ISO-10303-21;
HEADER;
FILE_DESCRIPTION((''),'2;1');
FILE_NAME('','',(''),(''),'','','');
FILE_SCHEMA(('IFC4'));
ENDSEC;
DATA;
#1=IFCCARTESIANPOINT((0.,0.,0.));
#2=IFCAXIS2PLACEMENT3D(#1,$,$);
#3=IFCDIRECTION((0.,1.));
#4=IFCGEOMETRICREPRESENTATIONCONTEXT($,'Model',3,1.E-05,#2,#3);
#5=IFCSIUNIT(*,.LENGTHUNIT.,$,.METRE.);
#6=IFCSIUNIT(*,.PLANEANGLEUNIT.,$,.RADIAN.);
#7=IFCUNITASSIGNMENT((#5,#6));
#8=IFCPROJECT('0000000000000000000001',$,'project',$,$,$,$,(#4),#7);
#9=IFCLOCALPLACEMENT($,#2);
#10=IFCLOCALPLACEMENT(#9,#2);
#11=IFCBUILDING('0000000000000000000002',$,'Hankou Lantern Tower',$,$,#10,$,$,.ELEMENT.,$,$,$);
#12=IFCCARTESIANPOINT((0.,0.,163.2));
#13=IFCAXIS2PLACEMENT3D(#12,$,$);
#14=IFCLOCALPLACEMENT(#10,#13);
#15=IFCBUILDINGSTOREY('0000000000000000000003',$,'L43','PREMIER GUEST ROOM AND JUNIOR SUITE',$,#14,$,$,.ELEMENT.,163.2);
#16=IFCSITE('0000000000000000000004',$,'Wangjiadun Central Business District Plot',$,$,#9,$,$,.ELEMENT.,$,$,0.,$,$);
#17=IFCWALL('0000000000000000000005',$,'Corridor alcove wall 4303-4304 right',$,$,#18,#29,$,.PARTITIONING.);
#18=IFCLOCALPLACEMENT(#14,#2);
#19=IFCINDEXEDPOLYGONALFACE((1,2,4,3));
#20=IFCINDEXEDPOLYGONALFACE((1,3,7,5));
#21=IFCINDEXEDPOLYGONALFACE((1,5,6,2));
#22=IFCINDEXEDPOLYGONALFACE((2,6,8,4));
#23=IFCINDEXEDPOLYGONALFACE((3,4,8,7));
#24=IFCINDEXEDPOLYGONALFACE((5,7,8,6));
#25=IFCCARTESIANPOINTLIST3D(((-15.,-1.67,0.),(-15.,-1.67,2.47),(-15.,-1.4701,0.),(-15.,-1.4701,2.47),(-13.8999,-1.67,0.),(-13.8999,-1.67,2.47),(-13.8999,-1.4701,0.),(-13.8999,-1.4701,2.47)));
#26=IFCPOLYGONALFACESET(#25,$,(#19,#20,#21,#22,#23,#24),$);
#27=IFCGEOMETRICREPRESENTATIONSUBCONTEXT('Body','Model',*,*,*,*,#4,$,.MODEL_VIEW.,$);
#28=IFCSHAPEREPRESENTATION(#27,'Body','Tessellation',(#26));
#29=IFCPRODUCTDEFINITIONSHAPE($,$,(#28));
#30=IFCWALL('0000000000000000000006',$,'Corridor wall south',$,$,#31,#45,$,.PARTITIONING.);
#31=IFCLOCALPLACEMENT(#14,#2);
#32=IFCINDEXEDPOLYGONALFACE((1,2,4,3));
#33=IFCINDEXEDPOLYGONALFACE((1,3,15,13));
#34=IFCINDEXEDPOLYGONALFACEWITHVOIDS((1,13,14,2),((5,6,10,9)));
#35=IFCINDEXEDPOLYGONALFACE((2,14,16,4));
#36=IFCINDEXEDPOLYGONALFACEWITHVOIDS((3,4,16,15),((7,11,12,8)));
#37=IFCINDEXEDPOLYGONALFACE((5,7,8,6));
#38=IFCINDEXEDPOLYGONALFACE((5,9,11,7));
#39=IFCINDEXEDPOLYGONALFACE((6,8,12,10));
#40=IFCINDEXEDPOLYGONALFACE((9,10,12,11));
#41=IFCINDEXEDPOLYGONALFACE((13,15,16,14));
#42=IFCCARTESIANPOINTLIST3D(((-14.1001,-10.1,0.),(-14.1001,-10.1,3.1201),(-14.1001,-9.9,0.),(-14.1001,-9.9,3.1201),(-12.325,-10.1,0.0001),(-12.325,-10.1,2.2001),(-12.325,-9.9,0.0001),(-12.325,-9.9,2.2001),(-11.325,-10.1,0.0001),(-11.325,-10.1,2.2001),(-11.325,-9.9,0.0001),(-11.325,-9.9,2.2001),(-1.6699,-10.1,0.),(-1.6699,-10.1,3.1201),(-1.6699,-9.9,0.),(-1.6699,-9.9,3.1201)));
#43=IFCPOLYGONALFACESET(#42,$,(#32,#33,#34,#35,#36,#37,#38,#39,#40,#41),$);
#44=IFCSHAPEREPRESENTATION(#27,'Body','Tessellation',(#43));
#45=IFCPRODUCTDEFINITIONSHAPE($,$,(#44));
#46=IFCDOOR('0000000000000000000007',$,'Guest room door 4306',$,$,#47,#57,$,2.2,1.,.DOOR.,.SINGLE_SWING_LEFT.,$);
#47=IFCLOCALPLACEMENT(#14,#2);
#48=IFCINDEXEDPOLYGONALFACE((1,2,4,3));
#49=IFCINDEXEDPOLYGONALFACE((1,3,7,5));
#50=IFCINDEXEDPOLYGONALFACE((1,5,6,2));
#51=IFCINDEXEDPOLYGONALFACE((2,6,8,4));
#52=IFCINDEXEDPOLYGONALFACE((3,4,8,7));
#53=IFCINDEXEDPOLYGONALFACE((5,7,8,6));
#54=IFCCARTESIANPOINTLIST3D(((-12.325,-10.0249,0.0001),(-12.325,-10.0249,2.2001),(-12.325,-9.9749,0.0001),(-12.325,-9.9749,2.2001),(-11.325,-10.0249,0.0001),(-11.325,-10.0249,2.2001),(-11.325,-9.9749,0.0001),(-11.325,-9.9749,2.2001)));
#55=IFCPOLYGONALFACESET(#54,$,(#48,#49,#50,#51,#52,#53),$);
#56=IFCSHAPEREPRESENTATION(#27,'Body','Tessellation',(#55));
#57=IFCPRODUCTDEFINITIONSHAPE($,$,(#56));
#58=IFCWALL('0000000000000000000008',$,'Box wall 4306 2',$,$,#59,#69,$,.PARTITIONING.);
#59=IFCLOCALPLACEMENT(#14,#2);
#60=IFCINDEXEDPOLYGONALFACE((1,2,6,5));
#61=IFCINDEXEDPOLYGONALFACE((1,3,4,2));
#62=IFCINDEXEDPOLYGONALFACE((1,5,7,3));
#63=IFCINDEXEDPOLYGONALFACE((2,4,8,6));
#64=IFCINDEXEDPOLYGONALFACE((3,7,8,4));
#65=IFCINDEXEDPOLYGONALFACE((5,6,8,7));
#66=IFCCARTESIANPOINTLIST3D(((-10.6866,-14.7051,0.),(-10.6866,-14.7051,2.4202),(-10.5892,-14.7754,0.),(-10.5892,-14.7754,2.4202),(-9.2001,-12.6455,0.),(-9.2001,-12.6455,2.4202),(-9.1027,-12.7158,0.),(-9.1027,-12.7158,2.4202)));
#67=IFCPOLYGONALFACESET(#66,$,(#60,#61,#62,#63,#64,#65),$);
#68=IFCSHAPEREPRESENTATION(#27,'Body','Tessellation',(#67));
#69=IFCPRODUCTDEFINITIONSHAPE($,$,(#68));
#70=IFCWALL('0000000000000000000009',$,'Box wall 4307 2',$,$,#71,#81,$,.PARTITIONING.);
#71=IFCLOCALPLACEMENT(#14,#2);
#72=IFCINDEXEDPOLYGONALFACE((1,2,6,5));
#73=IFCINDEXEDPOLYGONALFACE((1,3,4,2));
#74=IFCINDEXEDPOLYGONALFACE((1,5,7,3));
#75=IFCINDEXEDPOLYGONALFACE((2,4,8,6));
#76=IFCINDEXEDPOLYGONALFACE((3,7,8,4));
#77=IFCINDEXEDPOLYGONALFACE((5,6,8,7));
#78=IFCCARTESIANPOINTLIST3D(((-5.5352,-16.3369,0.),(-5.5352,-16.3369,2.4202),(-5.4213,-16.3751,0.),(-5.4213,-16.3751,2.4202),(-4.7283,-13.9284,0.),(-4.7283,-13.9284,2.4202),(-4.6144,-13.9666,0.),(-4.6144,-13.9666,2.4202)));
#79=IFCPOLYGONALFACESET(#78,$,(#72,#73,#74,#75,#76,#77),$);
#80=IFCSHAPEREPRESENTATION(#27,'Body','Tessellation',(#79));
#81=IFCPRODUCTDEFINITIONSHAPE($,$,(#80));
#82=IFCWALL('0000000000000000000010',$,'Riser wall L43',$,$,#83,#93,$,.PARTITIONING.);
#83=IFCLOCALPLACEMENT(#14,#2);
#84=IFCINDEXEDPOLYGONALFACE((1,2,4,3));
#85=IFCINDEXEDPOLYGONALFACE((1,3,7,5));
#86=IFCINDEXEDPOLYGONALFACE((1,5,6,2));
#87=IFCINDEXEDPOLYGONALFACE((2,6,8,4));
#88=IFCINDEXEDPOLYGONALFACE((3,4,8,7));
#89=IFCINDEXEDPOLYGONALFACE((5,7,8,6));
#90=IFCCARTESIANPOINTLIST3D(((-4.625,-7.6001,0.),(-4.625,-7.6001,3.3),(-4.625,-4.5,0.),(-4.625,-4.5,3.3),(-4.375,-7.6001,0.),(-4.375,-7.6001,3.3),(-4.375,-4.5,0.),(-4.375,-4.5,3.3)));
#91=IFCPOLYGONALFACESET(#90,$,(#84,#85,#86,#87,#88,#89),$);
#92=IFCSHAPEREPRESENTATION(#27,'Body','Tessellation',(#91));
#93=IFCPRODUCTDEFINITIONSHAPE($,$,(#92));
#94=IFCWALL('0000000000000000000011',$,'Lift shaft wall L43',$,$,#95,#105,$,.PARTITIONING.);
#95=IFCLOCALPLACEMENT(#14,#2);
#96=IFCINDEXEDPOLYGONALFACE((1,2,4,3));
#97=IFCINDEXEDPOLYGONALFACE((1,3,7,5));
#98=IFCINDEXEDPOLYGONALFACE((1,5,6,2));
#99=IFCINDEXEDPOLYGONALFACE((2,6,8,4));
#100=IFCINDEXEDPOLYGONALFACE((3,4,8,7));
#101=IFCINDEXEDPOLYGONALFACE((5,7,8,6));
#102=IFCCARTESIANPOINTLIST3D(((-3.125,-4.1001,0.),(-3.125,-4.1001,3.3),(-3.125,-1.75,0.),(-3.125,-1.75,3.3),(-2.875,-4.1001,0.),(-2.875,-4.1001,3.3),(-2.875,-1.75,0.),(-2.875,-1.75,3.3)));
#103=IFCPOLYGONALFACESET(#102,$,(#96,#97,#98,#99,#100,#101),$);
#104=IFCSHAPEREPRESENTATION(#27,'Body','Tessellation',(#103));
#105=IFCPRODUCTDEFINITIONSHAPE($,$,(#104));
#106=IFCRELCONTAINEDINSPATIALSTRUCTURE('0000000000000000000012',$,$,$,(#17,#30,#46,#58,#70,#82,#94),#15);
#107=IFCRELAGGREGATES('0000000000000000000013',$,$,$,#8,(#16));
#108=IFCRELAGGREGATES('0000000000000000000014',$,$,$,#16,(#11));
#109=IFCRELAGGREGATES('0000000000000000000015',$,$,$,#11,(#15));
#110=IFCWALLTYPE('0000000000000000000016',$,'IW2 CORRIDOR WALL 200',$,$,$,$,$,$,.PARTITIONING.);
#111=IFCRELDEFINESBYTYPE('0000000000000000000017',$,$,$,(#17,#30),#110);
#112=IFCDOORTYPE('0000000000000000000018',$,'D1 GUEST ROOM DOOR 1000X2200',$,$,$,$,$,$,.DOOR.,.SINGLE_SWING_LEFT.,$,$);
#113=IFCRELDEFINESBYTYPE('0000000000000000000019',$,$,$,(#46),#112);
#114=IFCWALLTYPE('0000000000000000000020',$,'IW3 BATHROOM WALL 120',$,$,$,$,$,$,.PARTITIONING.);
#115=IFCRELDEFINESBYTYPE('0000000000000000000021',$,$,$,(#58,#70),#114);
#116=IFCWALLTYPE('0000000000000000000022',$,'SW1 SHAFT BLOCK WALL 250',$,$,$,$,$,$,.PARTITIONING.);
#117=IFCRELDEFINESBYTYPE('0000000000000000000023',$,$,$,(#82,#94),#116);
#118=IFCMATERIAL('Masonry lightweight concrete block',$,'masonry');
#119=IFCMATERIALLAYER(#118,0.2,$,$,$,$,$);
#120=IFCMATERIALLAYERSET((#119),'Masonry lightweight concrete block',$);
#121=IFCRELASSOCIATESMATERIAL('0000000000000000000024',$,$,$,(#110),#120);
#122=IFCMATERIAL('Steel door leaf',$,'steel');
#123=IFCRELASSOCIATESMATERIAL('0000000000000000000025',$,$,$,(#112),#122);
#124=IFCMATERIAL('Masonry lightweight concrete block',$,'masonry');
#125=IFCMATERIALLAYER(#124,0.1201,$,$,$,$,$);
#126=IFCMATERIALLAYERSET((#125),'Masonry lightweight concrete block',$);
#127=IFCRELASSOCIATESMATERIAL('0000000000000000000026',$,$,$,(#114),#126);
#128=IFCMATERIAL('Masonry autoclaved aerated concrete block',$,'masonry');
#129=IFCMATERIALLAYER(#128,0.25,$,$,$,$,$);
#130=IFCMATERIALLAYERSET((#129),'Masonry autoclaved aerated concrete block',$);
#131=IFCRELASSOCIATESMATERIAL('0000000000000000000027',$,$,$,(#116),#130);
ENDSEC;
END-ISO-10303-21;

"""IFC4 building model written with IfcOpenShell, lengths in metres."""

from ifc_helpers import new_model, si_unit, direction, frame, frame_2d, origin, place, context, subcontext, project, spatial, rectangle, extrude, material, layer, layer_set, type_object, element, fill, save


model = new_model("IFC4")

# Units and contexts
model_context = context("Model", 3, precision=1e-05, world=origin(), true_north=direction((0.0, 1.0)))
body_context = subcontext(model_context, "Body", "Model", "MODEL_VIEW")
ifc_project = project(units=[si_unit("LENGTHUNIT", "METRE"), si_unit("PLANEANGLEUNIT", "RADIAN")], contexts=[model_context])

# Site, building, storey
site_placement = place(None, origin())
site = spatial("IfcSite", under=ifc_project, at=site_placement, Name="Wangjiadun Central Business District Plot", CompositionType="ELEMENT", RefElevation=0.0)
building_placement = place(site_placement, origin())
building = spatial("IfcBuilding", under=site, at=building_placement, Name="Hankou Lantern Tower", CompositionType="ELEMENT")
storey_placement = place(building_placement, frame((0.0, 0.0, 163.2)))
storey = spatial("IfcBuildingStorey", under=building, at=storey_placement, Name="L43", Description="PREMIER GUEST ROOM AND JUNIOR SUITE", CompositionType="ELEMENT", Elevation=163.2)

# Wall
ifc_material_1 = material(Name="Masonry lightweight concrete block", Category="masonry")
ifc_layer_1 = layer(ifc_material_1, 0.2)
ifc_layer_set_1 = layer_set([ifc_layer_1], Name="Masonry lightweight concrete block")
wall_type_1 = type_object("IfcWallType", Name="IW2 CORRIDOR WALL 200", PredefinedType="PARTITIONING", material=ifc_layer_set_1)
wall_1_placement = place(storey_placement, frame((-13.8999, -1.5701, 0.0), z_axis=(0.0, 0.0, 1.0), x_axis=(-1.0, 0.0, 0.0)))
element("IfcWall", 1, at=wall_1_placement, inside=storey, type_object=wall_type_1, Name="Corridor alcove wall 4303-4304 right", PredefinedType="PARTITIONING", context=body_context, shape_type="SweptSolid", body=[
    extrude(rectangle(XDim=1.1001, YDim=0.2, at=frame_2d((0.55, 0.0))), origin(), (0.0, 0.0, 1.0), 2.47),
])

# Wall, opening, door
wall_2_placement = place(storey_placement, frame((-1.6699, -10.0, 0.0), z_axis=(0.0, 0.0, 1.0), x_axis=(-1.0, 0.0, 0.0)))
wall_2 = element("IfcWall", 2, at=wall_2_placement, inside=storey, type_object=wall_type_1, Name="Corridor wall south", PredefinedType="PARTITIONING", context=body_context, shape_type="SweptSolid", body=[
    extrude(rectangle(XDim=12.4302, YDim=0.2, at=frame_2d((6.2151, 0.0))), origin(), (0.0, 0.0, 1.0), 3.1201),
])
opening_1_placement = place(wall_2_placement, frame((9.655, 0.0, 0.0)))
opening_1 = element("IfcOpeningElement", 3, at=opening_1_placement, cuts=wall_2, PredefinedType="OPENING", context=body_context, shape_type="SweptSolid", body=[
    extrude(rectangle(XDim=1.0, YDim=2.2, at=frame_2d((0.5, 1.1001))), frame((0.0, 0.1099, 0.0), z_axis=(0.0, -1.0, 0.0), x_axis=(1.0, 0.0, 0.0)), (0.0, 0.0, 1.0), 0.22),
])
ifc_material_2 = material(Name="Steel door leaf", Category="steel")
door_type_1 = type_object("IfcDoorType", Name="D1 GUEST ROOM DOOR 1000X2200", OperationType="SINGLE_SWING_LEFT", PredefinedType="DOOR", material=ifc_material_2)
door_1_placement = place(opening_1_placement, origin())
door_1 = element("IfcDoor", 4, at=door_1_placement, inside=storey, type_object=door_type_1, Name="Guest room door 4306", OperationType="SINGLE_SWING_LEFT", OverallHeight=2.2, OverallWidth=1.0, PredefinedType="DOOR", context=body_context, shape_type="SweptSolid", body=[
    extrude(rectangle(XDim=1.0, YDim=2.2, at=frame_2d((0.5, 1.1001))), frame((0.0, 0.0249, 0.0), z_axis=(0.0, -1.0, 0.0), x_axis=(1.0, 0.0, 0.0)), (0.0, 0.0, 1.0), 0.05),
])
fill(opening_1, door_1)

# Walls
ifc_material_3 = material(Name="Masonry lightweight concrete block", Category="masonry")
ifc_layer_2 = layer(ifc_material_3, 0.1201)
ifc_layer_set_2 = layer_set([ifc_layer_2], Name="Masonry lightweight concrete block")
wall_type_2 = type_object("IfcWallType", Name="IW3 BATHROOM WALL 120", PredefinedType="PARTITIONING", material=ifc_layer_set_2)
for number, where, z_axis, x_axis, name in (
    (5, (-9.1514, -12.6807, 0.0), (0.0, 0.0, 1.0), (-0.585259, -0.810846, 0.0), "Box wall 4306 2"),
    (6, (-4.6714, -13.9475, 0.0), (0.0, 0.0, 1.0), (-0.317669, -0.948202, 0.0), "Box wall 4307 2"),
):
    element("IfcWall", number, at=place(storey_placement, frame(where, z_axis=z_axis, x_axis=x_axis)), inside=storey, type_object=wall_type_2, Name=name, PredefinedType="PARTITIONING", context=body_context, shape_type="SweptSolid", body=[
        extrude(rectangle(XDim=2.54, YDim=0.1201, at=frame_2d((1.27, 0.0))), origin(), (0.0, 0.0, 1.0), 2.4202),
    ])
ifc_material_4 = material(Name="Masonry autoclaved aerated concrete block", Category="masonry")
ifc_layer_3 = layer(ifc_material_4, 0.25)
ifc_layer_set_3 = layer_set([ifc_layer_3], Name="Masonry autoclaved aerated concrete block")
wall_type_3 = type_object("IfcWallType", Name="SW1 SHAFT BLOCK WALL 250", PredefinedType="PARTITIONING", material=ifc_layer_set_3)
wall_3_placement = place(storey_placement, frame((-4.5, -7.6001, 0.0), z_axis=(0.0, 0.0, 1.0), x_axis=(0.0, 1.0, 0.0)))
element("IfcWall", 7, at=wall_3_placement, inside=storey, type_object=wall_type_3, Name="Riser wall L43", PredefinedType="PARTITIONING", context=body_context, shape_type="SweptSolid", body=[
    extrude(rectangle(XDim=3.1001, YDim=0.25, at=frame_2d((1.55, 0.0))), origin(), (0.0, 0.0, 1.0), 3.3),
])
wall_4_placement = place(storey_placement, frame((-3.0, -4.1001, 0.0), z_axis=(0.0, 0.0, 1.0), x_axis=(0.0, 1.0, 0.0)))
element("IfcWall", 8, at=wall_4_placement, inside=storey, type_object=wall_type_3, Name="Lift shaft wall L43", PredefinedType="PARTITIONING", context=body_context, shape_type="SweptSolid", body=[
    extrude(rectangle(XDim=2.3501, YDim=0.25, at=frame_2d((1.175, 0.0))), origin(), (0.0, 0.0, 1.0), 3.3),
])

save(model, "model.ifc")
